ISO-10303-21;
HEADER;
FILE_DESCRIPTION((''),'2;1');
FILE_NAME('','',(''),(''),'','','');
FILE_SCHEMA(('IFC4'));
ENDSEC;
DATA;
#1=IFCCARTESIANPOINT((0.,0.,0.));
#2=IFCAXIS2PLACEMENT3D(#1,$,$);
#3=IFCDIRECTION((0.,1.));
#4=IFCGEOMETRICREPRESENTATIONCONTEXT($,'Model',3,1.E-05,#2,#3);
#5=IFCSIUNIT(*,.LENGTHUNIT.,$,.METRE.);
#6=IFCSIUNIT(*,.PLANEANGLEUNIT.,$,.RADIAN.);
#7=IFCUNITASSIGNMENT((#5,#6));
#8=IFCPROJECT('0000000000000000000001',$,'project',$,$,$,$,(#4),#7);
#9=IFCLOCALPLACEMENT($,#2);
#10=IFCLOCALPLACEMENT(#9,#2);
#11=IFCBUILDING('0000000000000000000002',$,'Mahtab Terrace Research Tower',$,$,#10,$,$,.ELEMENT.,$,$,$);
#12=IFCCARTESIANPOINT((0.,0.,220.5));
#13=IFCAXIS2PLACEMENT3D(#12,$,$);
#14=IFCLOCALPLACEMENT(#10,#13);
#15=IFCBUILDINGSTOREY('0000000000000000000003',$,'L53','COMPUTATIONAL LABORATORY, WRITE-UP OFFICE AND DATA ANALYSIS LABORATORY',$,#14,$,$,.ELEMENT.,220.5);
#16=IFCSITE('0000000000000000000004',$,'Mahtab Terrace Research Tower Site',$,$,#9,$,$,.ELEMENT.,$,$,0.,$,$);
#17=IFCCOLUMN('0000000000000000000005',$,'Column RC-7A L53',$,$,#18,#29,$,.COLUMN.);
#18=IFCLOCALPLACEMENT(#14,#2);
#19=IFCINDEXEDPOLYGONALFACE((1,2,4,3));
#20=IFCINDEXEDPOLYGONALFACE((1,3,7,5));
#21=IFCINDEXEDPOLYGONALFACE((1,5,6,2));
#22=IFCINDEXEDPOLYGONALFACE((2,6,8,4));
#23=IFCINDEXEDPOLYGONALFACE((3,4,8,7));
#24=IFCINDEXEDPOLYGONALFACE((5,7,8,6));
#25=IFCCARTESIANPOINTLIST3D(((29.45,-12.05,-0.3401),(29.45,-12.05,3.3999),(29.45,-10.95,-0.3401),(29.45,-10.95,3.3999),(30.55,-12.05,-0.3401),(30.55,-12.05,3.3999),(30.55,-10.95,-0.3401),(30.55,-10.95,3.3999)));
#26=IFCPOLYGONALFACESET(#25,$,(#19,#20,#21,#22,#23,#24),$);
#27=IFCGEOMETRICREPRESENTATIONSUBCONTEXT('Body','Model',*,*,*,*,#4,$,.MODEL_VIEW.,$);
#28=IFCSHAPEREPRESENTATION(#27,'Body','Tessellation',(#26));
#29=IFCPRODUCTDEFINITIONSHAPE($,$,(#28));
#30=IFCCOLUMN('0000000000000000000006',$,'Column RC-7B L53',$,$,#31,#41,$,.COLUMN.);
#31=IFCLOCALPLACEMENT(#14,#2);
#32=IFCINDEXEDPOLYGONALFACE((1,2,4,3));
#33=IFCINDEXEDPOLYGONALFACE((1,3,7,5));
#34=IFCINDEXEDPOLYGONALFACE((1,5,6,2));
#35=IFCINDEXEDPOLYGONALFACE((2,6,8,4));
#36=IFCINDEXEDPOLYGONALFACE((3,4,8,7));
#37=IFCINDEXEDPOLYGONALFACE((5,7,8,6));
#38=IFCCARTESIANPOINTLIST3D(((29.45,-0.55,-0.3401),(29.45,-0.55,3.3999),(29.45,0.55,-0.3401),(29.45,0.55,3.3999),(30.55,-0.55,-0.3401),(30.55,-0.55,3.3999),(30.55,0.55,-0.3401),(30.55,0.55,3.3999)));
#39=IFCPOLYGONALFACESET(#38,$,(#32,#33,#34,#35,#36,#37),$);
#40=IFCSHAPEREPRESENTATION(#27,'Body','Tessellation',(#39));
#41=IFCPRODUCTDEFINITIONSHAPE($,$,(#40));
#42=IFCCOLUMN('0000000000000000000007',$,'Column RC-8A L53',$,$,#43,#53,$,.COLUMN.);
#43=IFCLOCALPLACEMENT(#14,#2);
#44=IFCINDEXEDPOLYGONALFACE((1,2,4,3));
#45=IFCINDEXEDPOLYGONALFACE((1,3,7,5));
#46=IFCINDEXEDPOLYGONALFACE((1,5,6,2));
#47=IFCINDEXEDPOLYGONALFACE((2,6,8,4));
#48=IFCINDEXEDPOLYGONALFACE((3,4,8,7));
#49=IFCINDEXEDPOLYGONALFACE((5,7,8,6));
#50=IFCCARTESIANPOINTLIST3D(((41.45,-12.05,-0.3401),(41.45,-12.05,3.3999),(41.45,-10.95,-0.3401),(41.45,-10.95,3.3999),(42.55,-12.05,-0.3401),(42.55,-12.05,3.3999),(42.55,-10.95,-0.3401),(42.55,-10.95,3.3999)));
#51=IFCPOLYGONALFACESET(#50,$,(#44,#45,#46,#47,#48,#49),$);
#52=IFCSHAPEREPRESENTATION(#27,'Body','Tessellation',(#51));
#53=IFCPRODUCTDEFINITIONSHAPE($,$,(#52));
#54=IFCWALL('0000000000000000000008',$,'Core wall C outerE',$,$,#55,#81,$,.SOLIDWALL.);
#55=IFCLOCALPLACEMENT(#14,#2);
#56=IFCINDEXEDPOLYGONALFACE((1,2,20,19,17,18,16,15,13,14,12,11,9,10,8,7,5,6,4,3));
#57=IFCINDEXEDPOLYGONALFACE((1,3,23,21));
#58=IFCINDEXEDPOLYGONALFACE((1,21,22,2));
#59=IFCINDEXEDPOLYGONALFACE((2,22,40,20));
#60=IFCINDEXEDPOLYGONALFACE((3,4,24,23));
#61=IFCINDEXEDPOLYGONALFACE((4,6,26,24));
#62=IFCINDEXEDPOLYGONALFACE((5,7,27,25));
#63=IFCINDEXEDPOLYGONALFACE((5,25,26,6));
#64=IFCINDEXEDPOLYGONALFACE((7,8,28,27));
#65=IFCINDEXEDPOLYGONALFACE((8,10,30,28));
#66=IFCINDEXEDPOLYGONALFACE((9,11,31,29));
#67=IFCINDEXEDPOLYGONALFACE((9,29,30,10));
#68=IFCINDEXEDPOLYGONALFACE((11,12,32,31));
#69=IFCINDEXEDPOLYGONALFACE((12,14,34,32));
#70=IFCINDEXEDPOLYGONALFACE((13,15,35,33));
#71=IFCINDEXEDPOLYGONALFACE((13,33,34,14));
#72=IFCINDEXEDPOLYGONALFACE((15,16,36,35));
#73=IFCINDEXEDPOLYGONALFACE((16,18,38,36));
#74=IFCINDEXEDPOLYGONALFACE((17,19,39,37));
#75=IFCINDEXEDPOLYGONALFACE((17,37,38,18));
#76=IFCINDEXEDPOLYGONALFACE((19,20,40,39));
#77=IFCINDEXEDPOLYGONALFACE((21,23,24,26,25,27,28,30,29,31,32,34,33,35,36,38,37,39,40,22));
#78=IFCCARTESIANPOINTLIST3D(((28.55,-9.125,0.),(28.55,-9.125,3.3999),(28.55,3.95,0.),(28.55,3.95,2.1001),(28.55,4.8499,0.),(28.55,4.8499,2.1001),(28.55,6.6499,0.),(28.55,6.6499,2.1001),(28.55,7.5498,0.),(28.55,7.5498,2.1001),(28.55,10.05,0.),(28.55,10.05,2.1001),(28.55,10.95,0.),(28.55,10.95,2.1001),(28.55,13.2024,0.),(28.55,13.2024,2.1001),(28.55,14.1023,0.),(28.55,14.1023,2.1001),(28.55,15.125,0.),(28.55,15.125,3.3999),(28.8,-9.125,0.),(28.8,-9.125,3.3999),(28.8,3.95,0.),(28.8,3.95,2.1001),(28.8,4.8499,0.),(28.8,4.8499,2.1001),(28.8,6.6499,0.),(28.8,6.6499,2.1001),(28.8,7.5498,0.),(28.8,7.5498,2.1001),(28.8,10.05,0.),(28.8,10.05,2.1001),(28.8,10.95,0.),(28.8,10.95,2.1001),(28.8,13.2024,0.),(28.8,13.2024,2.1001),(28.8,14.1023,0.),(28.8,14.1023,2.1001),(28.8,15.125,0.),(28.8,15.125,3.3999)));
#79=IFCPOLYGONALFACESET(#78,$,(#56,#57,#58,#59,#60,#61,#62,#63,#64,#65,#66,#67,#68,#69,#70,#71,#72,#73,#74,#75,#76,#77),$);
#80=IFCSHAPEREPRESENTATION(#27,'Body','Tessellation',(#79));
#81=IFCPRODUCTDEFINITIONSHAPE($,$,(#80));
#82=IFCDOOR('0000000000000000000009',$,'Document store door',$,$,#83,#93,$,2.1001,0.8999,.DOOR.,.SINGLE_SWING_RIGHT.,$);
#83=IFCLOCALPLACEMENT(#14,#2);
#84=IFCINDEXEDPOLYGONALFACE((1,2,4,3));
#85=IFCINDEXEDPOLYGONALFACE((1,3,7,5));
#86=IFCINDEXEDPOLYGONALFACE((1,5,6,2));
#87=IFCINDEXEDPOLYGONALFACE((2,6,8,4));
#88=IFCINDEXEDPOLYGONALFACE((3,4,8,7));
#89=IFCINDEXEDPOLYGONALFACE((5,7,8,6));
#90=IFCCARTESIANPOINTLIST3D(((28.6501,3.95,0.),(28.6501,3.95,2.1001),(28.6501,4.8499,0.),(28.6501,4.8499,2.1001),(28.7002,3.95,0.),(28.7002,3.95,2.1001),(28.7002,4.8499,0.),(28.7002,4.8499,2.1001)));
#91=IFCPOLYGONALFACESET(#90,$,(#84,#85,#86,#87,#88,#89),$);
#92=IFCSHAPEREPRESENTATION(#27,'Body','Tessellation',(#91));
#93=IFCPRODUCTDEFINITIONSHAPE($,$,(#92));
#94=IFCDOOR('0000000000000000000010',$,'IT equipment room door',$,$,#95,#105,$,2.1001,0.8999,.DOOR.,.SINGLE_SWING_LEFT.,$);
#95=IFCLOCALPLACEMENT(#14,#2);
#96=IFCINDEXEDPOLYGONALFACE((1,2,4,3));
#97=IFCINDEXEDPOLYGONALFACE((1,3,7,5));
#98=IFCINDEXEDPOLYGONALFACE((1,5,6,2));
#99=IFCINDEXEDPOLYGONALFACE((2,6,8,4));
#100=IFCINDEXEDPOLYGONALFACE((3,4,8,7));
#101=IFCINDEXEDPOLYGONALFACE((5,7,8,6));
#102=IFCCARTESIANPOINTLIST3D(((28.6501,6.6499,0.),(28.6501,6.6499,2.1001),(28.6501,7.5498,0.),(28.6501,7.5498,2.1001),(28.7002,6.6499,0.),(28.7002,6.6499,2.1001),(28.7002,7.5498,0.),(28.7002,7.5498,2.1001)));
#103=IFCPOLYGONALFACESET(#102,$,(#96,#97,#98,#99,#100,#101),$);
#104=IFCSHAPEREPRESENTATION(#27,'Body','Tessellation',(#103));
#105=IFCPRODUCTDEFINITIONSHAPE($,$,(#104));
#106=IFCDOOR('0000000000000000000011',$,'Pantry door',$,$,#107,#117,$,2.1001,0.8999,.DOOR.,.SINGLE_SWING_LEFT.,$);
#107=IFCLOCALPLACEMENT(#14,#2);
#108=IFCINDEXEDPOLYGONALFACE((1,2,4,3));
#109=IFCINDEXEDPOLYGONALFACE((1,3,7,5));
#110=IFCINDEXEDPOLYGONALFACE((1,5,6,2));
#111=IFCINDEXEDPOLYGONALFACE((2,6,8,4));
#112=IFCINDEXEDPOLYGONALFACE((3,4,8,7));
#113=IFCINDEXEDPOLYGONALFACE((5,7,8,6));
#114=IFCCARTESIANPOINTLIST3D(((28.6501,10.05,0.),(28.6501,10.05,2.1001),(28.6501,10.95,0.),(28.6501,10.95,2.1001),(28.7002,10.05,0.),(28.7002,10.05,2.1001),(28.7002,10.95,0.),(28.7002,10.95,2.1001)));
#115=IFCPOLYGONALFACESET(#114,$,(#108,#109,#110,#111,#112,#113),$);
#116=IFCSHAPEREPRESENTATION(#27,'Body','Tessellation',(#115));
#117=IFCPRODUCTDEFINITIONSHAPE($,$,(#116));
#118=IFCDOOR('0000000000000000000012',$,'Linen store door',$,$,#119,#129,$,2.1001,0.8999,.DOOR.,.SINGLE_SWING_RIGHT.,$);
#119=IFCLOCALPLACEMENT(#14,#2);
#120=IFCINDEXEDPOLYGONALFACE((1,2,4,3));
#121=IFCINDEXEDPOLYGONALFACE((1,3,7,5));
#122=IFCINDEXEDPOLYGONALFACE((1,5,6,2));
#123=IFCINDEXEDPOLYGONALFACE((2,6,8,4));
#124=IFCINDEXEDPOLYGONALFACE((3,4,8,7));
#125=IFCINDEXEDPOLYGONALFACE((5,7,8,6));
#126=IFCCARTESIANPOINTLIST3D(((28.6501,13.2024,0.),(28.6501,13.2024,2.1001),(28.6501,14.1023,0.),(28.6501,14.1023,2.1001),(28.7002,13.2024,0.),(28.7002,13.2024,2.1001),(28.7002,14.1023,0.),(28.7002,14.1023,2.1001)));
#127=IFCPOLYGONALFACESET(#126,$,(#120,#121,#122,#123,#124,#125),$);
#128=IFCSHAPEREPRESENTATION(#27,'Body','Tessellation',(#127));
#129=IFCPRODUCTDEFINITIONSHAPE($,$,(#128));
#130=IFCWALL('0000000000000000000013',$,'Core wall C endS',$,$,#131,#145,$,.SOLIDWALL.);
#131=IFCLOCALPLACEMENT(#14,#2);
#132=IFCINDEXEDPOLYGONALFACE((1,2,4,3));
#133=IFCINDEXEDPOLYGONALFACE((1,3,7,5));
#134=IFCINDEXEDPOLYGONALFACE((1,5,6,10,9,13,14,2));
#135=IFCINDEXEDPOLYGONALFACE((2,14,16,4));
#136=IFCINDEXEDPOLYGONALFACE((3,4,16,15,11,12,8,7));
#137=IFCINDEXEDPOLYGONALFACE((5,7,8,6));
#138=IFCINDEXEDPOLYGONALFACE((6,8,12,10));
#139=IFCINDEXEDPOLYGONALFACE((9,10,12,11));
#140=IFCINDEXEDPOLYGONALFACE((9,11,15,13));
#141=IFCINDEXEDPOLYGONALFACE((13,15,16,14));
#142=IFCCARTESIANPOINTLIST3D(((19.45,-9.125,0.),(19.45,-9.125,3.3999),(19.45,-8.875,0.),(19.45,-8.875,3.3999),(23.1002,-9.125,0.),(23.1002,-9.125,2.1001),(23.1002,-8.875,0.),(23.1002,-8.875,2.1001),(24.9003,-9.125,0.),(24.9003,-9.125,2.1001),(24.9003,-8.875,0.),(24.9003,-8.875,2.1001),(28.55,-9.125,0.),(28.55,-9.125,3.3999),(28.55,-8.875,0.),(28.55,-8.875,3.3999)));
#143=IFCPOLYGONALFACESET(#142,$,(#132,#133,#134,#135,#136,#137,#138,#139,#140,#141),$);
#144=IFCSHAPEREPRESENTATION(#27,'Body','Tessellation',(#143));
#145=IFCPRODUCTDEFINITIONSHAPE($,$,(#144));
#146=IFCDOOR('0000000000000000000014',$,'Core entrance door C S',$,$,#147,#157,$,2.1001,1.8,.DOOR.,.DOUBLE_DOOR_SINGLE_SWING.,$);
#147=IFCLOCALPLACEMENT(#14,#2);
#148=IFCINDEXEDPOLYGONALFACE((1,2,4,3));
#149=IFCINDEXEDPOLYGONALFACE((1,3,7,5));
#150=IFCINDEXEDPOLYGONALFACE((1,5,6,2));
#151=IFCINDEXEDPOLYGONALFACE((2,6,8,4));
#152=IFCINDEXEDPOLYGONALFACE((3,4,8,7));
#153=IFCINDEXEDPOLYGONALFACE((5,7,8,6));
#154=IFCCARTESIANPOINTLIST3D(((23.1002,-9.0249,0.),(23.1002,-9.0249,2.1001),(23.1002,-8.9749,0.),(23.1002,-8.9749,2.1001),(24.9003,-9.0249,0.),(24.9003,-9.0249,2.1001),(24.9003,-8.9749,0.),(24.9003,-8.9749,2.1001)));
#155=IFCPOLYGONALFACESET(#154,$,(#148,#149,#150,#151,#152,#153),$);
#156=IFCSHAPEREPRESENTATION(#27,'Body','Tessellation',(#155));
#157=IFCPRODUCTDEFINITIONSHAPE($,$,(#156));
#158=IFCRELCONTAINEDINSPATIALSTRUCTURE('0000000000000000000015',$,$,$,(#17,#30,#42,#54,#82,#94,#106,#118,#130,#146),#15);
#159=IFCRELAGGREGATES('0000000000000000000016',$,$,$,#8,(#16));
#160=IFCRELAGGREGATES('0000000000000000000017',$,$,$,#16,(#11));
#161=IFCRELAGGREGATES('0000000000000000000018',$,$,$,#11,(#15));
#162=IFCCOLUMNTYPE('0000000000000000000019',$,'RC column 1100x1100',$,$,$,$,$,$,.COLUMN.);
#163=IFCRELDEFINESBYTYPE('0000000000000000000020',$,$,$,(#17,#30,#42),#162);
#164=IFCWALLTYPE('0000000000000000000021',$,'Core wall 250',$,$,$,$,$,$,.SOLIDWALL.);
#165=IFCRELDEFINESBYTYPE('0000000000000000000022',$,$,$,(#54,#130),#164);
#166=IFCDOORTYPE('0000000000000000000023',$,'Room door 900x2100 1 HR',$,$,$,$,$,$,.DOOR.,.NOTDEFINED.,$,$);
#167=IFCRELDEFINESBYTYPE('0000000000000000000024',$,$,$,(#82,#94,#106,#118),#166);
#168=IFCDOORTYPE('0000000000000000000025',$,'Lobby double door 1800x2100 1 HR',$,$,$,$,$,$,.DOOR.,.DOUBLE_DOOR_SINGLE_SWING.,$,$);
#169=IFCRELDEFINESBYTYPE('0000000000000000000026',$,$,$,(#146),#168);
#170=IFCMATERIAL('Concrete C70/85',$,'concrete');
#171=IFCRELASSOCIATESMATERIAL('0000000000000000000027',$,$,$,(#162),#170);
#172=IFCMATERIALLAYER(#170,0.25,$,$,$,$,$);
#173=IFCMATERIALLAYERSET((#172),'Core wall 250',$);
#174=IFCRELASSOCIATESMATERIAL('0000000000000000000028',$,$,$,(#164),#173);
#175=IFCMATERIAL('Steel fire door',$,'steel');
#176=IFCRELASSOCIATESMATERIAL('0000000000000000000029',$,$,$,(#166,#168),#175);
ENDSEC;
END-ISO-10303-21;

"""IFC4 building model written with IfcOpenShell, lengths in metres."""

from ifc_helpers import new_model, si_unit, direction, frame, frame_2d, origin, origin_2d, place, context, subcontext, project, spatial, rectangle, extrude, material, layer, layer_set, material_profile, profile_set, type_object, element, fill, save


model = new_model("IFC4")

# Units and contexts
model_context = context("Model", 3, precision=1e-05, world=origin(), true_north=direction((0.0, 1.0)))
body_context = subcontext(model_context, "Body", "Model", "MODEL_VIEW")
ifc_project = project(units=[si_unit("LENGTHUNIT", "METRE"), si_unit("PLANEANGLEUNIT", "RADIAN")], contexts=[model_context])

# Site, building, storey
site_placement = place(None, origin())
site = spatial("IfcSite", under=ifc_project, at=site_placement, Name="Mahtab Terrace Research Tower Site", CompositionType="ELEMENT", RefElevation=0.0)
building_placement = place(site_placement, origin())
building = spatial("IfcBuilding", under=site, at=building_placement, Name="Mahtab Terrace Research Tower", CompositionType="ELEMENT")
storey_placement = place(building_placement, frame((0.0, 0.0, 220.5)))
storey = spatial("IfcBuildingStorey", under=building, at=storey_placement, Name="L53", Description="COMPUTATIONAL LABORATORY, WRITE-UP OFFICE AND DATA ANALYSIS LABORATORY", CompositionType="ELEMENT", Elevation=220.5)

# Columns
ifc_material_1 = material(Name="Concrete C70/85", Category="concrete")
ifc_material_profile = material_profile(ifc_material_1, rectangle(XDim=1.1001, YDim=1.1001, at=origin_2d()), Name="RC column 1100x1100")
ifc_profile_set = profile_set([ifc_material_profile], Name="Concrete C70/85")
column_type = type_object("IfcColumnType", Name="RC column 1100x1100", PredefinedType="COLUMN", material=ifc_profile_set)
for number, where, z_axis, x_axis, name in (
    (1, (30.0, -11.5, -0.3401), (0.0, 0.0, 1.0), (1.0, 0.0, 0.0), "Column RC-7A L53"),
    (2, (30.0, 0.0, -0.3401), (0.0, 0.0, 1.0), (1.0, 0.0, 0.0), "Column RC-7B L53"),
    (3, (42.0, -11.5, -0.3401), (0.0, 0.0, 1.0), (1.0, 0.0, 0.0), "Column RC-8A L53"),
):
    element("IfcColumn", number, at=place(storey_placement, frame(where, z_axis=z_axis, x_axis=x_axis)), inside=storey, type_object=column_type, Name=name, PredefinedType="COLUMN", context=body_context, shape_type="SweptSolid", body=[
        extrude(rectangle(XDim=1.1001, YDim=1.1001, at=origin_2d()), origin(), (0.0, 0.0, 1.0), 3.74),
    ])

# Wall, openings, doors
ifc_layer_1 = layer(ifc_material_1, 0.25)
ifc_layer_set_1 = layer_set([ifc_layer_1], Name="Core wall 250")
wall_type_1 = type_object("IfcWallType", Name="Core wall 250", PredefinedType="SOLIDWALL", material=ifc_layer_set_1)
wall_1_placement = place(storey_placement, frame((28.675, -9.125, 0.0), z_axis=(0.0, 0.0, 1.0), x_axis=(0.0, 1.0, 0.0)))
wall_1 = element("IfcWall", 4, at=wall_1_placement, inside=storey, type_object=wall_type_1, Name="Core wall C outerE", PredefinedType="SOLIDWALL", context=body_context, shape_type="SweptSolid", body=[
    extrude(rectangle(XDim=24.25, YDim=0.25, at=frame_2d((12.125, 0.0))), origin(), (0.0, 0.0, 1.0), 3.3999),
])
opening_1_placement = place(wall_1_placement, frame((13.075, 0.0, 0.0)))
opening_1 = element("IfcOpeningElement", 5, at=opening_1_placement, cuts=wall_1, PredefinedType="OPENING", context=body_context, shape_type="SweptSolid", body=[
    extrude(rectangle(XDim=0.8999, YDim=2.1001, at=frame_2d((0.45, 1.05))), frame((0.0, 0.135, 0.0), z_axis=(0.0, -1.0, 0.0), x_axis=(1.0, 0.0, 0.0)), (0.0, 0.0, 1.0), 0.27),
])
opening_2_placement = place(wall_1_placement, frame((15.7749, 0.0, 0.0)))
opening_2 = element("IfcOpeningElement", 6, at=opening_2_placement, cuts=wall_1, PredefinedType="OPENING", context=body_context, shape_type="SweptSolid", body=[
    extrude(rectangle(XDim=0.8999, YDim=2.1001, at=frame_2d((0.45, 1.05))), frame((0.0, 0.135, 0.0), z_axis=(0.0, -1.0, 0.0), x_axis=(1.0, 0.0, 0.0)), (0.0, 0.0, 1.0), 0.27),
])
opening_3_placement = place(wall_1_placement, frame((19.175, 0.0, 0.0)))
opening_3 = element("IfcOpeningElement", 7, at=opening_3_placement, cuts=wall_1, PredefinedType="OPENING", context=body_context, shape_type="SweptSolid", body=[
    extrude(rectangle(XDim=0.8999, YDim=2.1001, at=frame_2d((0.45, 1.05))), frame((0.0, 0.135, 0.0), z_axis=(0.0, -1.0, 0.0), x_axis=(1.0, 0.0, 0.0)), (0.0, 0.0, 1.0), 0.27),
])
opening_4_placement = place(wall_1_placement, frame((22.3274, 0.0, 0.0)))
opening_4 = element("IfcOpeningElement", 8, at=opening_4_placement, cuts=wall_1, PredefinedType="OPENING", context=body_context, shape_type="SweptSolid", body=[
    extrude(rectangle(XDim=0.8999, YDim=2.1001, at=frame_2d((0.45, 1.05))), frame((0.0, 0.135, 0.0), z_axis=(0.0, -1.0, 0.0), x_axis=(1.0, 0.0, 0.0)), (0.0, 0.0, 1.0), 0.27),
])
ifc_material_2 = material(Name="Steel fire door", Category="steel")
door_type_1 = type_object("IfcDoorType", Name="Room door 900x2100 1 HR", OperationType="NOTDEFINED", PredefinedType="DOOR", material=ifc_material_2)
door_1_placement = place(opening_1_placement, origin())
door_1 = element("IfcDoor", 9, at=door_1_placement, inside=storey, type_object=door_type_1, Name="Document store door", OperationType="SINGLE_SWING_RIGHT", OverallHeight=2.1001, OverallWidth=0.8999, PredefinedType="DOOR", context=body_context, shape_type="SweptSolid", body=[
    extrude(rectangle(XDim=0.8999, YDim=2.1001, at=frame_2d((0.45, 1.05))), frame((0.0, 0.0249, 0.0), z_axis=(0.0, -1.0, 0.0), x_axis=(1.0, 0.0, 0.0)), (0.0, 0.0, 1.0), 0.05),
])
fill(opening_1, door_1)
door_2_placement = place(opening_2_placement, origin())
door_2 = element("IfcDoor", 10, at=door_2_placement, inside=storey, type_object=door_type_1, Name="IT equipment room door", OperationType="SINGLE_SWING_LEFT", OverallHeight=2.1001, OverallWidth=0.8999, PredefinedType="DOOR", context=body_context, shape_type="SweptSolid", body=[
    extrude(rectangle(XDim=0.8999, YDim=2.1001, at=frame_2d((0.45, 1.05))), frame((0.0, 0.0249, 0.0), z_axis=(0.0, -1.0, 0.0), x_axis=(1.0, 0.0, 0.0)), (0.0, 0.0, 1.0), 0.05),
])
fill(opening_2, door_2)
door_3_placement = place(opening_3_placement, origin())
door_3 = element("IfcDoor", 11, at=door_3_placement, inside=storey, type_object=door_type_1, Name="Pantry door", OperationType="SINGLE_SWING_LEFT", OverallHeight=2.1001, OverallWidth=0.8999, PredefinedType="DOOR", context=body_context, shape_type="SweptSolid", body=[
    extrude(rectangle(XDim=0.8999, YDim=2.1001, at=frame_2d((0.45, 1.05))), frame((0.0, 0.0249, 0.0), z_axis=(0.0, -1.0, 0.0), x_axis=(1.0, 0.0, 0.0)), (0.0, 0.0, 1.0), 0.05),
])
fill(opening_3, door_3)
door_4_placement = place(opening_4_placement, origin())
door_4 = element("IfcDoor", 12, at=door_4_placement, inside=storey, type_object=door_type_1, Name="Linen store door", OperationType="SINGLE_SWING_RIGHT", OverallHeight=2.1001, OverallWidth=0.8999, PredefinedType="DOOR", context=body_context, shape_type="SweptSolid", body=[
    extrude(rectangle(XDim=0.8999, YDim=2.1001, at=frame_2d((0.45, 1.05))), frame((0.0, 0.0249, 0.0), z_axis=(0.0, -1.0, 0.0), x_axis=(1.0, 0.0, 0.0)), (0.0, 0.0, 1.0), 0.05),
])
fill(opening_4, door_4)

# Wall, opening, door
wall_2_placement = place(storey_placement, frame((28.55, -9.0, 0.0), z_axis=(0.0, 0.0, 1.0), x_axis=(-1.0, 0.0, 0.0)))
wall_2 = element("IfcWall", 13, at=wall_2_placement, inside=storey, type_object=wall_type_1, Name="Core wall C endS", PredefinedType="SOLIDWALL", context=body_context, shape_type="SweptSolid", body=[
    extrude(rectangle(XDim=9.1001, YDim=0.25, at=frame_2d((4.55, 0.0))), origin(), (0.0, 0.0, 1.0), 3.3999),
])
opening_5_placement = place(wall_2_placement, frame((3.6499, 0.0, 0.0)))
opening_5 = element("IfcOpeningElement", 14, at=opening_5_placement, cuts=wall_2, PredefinedType="OPENING", context=body_context, shape_type="SweptSolid", body=[
    extrude(rectangle(XDim=1.8, YDim=2.1001, at=frame_2d((0.8999, 1.05))), frame((0.0, 0.135, 0.0), z_axis=(0.0, -1.0, 0.0), x_axis=(1.0, 0.0, 0.0)), (0.0, 0.0, 1.0), 0.27),
])
door_type_2 = type_object("IfcDoorType", Name="Lobby double door 1800x2100 1 HR", OperationType="DOUBLE_DOOR_SINGLE_SWING", PredefinedType="DOOR", material=ifc_material_2)
door_5_placement = place(opening_5_placement, origin())
door_5 = element("IfcDoor", 15, at=door_5_placement, inside=storey, type_object=door_type_2, Name="Core entrance door C S", OperationType="DOUBLE_DOOR_SINGLE_SWING", OverallHeight=2.1001, OverallWidth=1.8, PredefinedType="DOOR", context=body_context, shape_type="SweptSolid", body=[
    extrude(rectangle(XDim=1.8, YDim=2.1001, at=frame_2d((0.8999, 1.05))), frame((0.0, 0.0249, 0.0), z_axis=(0.0, -1.0, 0.0), x_axis=(1.0, 0.0, 0.0)), (0.0, 0.0, 1.0), 0.05),
])
fill(opening_5, door_5)

save(model, "model.ifc")
